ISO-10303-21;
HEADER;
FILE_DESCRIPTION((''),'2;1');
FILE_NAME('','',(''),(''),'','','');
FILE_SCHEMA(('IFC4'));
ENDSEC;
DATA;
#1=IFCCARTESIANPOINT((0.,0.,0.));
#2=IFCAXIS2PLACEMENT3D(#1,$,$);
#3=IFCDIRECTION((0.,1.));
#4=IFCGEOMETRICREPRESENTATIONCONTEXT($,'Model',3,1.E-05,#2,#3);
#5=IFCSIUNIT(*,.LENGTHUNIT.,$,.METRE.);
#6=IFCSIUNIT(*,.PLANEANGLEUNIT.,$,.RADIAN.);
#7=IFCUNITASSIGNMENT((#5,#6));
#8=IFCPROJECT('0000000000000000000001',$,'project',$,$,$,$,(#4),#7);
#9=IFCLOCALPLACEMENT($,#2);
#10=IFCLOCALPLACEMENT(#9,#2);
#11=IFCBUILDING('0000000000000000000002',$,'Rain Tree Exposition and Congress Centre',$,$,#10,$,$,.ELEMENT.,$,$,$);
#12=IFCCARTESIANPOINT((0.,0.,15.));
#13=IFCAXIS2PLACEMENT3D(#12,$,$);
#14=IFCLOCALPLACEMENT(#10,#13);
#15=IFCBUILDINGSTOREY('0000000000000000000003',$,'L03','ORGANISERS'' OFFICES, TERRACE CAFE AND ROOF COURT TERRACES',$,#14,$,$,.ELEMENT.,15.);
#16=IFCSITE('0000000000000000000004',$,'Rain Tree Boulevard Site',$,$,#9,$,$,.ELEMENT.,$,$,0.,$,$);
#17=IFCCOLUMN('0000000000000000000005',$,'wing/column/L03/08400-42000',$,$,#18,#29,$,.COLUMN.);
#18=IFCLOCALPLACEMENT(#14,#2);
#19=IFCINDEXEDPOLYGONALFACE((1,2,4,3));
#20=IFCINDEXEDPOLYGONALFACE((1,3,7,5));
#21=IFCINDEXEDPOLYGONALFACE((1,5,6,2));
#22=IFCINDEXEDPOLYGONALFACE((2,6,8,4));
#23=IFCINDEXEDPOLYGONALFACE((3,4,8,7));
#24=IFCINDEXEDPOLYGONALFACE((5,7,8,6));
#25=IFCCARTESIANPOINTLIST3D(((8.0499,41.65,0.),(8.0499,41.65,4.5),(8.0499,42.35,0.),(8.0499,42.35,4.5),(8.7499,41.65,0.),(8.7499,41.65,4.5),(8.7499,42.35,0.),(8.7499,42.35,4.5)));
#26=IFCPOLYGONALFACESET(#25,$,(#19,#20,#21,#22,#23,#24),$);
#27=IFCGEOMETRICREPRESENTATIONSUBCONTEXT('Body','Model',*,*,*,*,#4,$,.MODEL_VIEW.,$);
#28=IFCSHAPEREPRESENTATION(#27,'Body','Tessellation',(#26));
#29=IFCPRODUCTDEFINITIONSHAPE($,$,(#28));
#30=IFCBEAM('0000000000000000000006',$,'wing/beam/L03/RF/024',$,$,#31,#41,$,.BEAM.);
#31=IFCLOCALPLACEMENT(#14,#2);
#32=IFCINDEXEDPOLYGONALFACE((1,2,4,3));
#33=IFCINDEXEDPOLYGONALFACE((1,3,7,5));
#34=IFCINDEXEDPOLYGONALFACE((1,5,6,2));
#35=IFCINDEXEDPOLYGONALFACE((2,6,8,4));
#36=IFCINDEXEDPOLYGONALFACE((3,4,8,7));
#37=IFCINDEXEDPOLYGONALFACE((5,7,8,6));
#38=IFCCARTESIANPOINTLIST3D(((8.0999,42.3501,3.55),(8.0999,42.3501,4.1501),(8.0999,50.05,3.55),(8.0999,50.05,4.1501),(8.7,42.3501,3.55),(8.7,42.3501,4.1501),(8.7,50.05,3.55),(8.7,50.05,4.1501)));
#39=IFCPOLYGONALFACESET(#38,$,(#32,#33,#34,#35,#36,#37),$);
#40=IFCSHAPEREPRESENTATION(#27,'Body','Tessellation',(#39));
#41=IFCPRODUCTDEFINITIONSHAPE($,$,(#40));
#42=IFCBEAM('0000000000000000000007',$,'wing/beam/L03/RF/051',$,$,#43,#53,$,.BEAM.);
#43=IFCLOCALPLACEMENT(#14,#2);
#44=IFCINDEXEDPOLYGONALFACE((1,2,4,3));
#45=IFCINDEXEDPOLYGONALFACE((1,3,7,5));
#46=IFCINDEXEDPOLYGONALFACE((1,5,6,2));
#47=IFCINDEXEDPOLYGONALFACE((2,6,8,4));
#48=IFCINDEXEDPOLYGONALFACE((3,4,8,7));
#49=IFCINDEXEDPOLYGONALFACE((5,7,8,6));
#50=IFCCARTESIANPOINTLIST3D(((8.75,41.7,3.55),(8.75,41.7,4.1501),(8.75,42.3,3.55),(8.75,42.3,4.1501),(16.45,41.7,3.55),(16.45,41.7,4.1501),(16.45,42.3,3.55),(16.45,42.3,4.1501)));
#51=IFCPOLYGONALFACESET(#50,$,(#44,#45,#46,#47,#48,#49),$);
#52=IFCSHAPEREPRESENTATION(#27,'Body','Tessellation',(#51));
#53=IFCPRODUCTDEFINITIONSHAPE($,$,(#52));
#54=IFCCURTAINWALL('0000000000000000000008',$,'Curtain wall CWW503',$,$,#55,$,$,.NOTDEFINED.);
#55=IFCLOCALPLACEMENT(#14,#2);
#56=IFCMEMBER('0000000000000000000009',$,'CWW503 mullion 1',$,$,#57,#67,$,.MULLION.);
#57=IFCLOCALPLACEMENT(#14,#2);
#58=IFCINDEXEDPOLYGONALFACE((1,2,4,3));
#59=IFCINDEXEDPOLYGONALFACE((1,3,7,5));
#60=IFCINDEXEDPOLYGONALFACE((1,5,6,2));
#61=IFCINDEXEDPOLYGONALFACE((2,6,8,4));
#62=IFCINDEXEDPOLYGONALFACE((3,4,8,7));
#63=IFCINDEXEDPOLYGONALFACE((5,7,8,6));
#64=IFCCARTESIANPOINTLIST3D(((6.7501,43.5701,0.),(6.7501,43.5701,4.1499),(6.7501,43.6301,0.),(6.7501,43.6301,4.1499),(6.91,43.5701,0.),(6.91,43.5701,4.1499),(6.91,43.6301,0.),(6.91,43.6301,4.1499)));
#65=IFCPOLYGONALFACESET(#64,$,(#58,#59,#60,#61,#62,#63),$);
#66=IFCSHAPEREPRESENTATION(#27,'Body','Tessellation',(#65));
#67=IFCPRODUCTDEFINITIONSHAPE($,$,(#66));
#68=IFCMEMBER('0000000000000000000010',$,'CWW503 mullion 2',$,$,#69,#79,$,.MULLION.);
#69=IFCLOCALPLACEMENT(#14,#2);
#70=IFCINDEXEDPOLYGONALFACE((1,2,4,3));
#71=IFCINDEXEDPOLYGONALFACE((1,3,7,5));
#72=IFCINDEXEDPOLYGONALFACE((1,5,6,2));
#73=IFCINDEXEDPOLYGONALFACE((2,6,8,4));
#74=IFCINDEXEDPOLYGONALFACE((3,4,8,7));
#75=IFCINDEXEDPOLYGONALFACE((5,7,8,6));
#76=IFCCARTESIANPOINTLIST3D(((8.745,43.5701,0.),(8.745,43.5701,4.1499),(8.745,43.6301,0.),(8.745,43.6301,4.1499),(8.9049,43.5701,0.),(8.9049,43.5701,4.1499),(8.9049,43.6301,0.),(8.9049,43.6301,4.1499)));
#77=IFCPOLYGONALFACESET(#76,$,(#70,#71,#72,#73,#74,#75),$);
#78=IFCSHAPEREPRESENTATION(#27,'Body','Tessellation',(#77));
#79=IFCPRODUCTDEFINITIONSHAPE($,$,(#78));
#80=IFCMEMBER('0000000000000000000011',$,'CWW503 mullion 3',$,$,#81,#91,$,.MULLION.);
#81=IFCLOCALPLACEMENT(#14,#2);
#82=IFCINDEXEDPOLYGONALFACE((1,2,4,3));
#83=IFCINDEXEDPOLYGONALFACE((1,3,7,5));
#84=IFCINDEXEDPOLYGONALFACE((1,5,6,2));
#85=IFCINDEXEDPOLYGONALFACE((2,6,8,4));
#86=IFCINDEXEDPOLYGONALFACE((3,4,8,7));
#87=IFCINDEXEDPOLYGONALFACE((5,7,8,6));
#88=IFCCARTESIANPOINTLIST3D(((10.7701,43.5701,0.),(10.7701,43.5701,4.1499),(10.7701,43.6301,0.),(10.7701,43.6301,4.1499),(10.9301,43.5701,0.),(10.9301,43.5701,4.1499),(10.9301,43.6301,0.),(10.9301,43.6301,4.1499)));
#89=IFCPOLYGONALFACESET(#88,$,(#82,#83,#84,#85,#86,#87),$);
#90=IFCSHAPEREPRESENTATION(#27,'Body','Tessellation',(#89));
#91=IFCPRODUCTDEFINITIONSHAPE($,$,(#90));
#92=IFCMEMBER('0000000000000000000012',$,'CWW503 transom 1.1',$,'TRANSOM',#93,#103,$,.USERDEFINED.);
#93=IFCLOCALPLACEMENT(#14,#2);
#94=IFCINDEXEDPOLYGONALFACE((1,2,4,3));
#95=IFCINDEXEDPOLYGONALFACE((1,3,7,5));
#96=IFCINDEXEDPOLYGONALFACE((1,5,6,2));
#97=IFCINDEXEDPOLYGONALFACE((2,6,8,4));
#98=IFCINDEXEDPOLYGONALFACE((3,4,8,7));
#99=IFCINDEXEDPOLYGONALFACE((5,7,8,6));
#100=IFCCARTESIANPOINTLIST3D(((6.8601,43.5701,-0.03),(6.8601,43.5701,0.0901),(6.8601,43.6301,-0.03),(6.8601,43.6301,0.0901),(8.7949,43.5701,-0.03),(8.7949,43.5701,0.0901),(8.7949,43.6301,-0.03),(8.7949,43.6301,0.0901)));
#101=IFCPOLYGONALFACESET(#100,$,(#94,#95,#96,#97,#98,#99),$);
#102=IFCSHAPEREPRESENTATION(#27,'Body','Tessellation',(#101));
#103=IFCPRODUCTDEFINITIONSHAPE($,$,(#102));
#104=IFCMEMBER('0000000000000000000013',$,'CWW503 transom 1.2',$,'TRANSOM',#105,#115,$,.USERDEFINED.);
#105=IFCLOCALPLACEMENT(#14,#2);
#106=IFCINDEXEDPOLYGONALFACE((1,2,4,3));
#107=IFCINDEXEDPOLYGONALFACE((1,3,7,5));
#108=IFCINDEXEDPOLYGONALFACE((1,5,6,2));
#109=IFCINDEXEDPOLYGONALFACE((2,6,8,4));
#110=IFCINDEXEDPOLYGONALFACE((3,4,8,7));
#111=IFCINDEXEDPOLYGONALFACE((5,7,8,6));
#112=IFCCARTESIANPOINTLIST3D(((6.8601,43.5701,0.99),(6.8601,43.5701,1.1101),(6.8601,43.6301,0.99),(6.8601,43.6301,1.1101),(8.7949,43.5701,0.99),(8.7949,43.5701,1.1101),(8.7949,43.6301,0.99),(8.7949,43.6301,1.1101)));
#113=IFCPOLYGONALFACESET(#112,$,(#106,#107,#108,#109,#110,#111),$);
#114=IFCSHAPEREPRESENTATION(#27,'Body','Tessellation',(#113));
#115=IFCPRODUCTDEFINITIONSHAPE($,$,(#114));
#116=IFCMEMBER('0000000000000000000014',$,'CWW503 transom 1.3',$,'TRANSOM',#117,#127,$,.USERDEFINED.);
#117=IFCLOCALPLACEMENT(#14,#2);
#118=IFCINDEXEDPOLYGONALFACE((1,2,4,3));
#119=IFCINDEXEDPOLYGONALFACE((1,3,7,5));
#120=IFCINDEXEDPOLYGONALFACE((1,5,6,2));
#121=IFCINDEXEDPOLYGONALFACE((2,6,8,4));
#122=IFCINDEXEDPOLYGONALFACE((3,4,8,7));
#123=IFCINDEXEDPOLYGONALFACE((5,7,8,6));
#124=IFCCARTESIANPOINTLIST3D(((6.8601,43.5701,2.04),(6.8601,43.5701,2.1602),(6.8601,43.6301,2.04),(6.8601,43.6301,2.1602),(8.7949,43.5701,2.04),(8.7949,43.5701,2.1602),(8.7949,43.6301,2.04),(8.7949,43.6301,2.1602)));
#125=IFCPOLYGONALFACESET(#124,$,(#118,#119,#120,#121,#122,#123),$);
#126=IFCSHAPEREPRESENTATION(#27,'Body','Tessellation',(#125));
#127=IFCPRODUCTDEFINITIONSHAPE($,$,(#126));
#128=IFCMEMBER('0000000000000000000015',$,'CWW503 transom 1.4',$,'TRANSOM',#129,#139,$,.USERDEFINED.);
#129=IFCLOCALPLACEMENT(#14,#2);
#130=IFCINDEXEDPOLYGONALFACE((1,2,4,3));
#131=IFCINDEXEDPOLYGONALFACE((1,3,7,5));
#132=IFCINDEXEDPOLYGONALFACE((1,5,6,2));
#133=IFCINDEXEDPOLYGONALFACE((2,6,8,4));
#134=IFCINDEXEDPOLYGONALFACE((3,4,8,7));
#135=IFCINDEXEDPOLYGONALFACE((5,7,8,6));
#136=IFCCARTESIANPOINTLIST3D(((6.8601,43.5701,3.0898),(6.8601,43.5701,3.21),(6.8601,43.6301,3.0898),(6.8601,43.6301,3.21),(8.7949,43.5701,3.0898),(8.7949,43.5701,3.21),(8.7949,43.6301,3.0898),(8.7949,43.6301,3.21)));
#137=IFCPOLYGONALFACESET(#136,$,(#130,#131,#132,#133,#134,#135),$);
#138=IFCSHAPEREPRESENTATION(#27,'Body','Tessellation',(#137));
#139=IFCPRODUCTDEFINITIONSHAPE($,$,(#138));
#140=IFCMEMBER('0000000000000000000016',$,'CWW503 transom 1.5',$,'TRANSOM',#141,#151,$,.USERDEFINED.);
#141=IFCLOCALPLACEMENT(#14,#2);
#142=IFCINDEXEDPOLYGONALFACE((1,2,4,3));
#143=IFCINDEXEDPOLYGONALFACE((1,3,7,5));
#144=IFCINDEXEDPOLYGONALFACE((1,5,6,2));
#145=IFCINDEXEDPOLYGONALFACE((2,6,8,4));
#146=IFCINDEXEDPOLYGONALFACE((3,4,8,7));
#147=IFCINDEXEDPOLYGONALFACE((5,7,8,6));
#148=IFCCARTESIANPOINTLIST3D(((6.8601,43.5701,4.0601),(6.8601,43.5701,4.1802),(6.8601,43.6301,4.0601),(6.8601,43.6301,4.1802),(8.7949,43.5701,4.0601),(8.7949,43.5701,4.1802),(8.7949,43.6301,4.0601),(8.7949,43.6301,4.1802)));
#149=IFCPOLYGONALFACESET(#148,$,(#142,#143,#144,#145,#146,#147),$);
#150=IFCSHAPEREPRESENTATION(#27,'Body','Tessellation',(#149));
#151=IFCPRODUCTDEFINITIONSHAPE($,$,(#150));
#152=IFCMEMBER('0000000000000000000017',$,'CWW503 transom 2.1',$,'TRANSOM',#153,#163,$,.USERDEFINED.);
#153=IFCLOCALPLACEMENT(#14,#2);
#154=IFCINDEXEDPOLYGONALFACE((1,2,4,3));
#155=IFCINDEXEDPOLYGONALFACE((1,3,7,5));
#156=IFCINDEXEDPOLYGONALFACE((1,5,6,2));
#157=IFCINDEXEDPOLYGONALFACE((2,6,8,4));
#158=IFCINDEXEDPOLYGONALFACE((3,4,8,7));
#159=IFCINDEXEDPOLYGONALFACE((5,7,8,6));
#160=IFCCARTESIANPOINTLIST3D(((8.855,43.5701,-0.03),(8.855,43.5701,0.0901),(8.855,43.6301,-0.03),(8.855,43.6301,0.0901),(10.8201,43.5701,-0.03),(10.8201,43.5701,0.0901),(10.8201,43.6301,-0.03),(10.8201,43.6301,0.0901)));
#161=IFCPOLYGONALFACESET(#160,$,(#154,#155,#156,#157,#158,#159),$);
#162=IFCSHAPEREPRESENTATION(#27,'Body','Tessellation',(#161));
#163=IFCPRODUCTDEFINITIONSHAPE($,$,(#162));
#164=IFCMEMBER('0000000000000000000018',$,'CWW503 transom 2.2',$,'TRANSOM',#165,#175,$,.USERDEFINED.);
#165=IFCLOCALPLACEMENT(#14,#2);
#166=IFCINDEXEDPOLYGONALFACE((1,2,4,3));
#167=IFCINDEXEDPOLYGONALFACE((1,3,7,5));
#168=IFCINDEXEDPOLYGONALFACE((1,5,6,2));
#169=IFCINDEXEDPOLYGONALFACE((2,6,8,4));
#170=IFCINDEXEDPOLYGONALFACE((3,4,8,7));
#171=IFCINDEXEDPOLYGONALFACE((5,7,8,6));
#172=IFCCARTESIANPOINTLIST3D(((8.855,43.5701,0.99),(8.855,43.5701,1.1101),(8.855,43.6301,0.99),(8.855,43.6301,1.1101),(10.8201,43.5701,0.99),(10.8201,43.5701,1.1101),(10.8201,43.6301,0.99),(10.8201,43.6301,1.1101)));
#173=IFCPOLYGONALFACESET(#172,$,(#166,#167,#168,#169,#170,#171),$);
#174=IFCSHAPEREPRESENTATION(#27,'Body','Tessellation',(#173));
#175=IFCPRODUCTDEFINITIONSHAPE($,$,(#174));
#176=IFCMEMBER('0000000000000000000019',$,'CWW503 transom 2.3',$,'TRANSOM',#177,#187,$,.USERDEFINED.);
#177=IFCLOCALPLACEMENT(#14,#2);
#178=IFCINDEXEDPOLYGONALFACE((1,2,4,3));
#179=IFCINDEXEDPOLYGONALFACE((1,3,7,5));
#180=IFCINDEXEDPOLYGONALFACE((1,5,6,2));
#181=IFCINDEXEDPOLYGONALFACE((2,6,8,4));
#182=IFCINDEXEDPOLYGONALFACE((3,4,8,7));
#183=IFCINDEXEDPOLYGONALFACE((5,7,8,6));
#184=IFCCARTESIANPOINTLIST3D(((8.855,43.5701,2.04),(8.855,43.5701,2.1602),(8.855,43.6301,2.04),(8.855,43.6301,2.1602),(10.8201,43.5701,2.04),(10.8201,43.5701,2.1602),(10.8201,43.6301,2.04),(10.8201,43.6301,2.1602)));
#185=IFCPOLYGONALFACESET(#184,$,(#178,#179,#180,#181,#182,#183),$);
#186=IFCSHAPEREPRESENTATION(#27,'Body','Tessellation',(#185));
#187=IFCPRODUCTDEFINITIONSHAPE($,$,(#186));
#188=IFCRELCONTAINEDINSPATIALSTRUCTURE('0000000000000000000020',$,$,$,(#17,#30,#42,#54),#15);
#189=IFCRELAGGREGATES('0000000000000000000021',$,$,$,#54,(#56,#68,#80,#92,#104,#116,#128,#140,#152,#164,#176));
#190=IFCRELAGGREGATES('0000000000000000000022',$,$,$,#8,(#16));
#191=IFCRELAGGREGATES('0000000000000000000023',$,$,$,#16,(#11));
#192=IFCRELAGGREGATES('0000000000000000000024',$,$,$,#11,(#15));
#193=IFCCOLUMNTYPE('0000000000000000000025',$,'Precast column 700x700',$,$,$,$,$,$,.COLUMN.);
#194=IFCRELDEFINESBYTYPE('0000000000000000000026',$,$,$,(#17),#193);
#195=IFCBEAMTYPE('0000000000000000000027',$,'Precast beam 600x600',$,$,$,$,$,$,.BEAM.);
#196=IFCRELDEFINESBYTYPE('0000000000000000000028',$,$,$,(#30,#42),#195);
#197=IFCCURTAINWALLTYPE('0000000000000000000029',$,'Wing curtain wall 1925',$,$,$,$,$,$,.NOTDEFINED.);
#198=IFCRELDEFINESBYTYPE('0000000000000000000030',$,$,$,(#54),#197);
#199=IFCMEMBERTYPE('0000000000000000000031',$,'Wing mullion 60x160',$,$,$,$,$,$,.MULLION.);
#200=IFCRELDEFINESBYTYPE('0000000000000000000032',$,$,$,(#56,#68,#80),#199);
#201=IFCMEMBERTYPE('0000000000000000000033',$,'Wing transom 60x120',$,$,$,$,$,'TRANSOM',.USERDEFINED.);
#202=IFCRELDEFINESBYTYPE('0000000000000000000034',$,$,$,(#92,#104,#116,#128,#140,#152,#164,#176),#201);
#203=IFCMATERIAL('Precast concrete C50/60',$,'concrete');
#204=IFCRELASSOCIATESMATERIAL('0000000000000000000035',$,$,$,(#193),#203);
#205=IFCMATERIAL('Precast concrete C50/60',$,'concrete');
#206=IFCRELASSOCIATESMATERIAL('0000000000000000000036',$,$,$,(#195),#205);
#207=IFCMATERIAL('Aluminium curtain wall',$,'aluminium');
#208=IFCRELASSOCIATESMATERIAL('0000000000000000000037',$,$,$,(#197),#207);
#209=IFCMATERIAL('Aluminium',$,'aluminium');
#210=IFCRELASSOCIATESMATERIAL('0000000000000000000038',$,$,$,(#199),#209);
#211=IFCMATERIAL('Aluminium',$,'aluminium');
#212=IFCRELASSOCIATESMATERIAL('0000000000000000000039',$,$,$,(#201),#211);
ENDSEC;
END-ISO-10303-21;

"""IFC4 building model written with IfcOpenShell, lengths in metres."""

from ifc_helpers import new_model, si_unit, direction, frame, origin, origin_2d, place, context, subcontext, project, spatial, rectangle, extrude, material, material_profile, profile_set, type_object, element, aggregate, save


model = new_model("IFC4")

# Units and contexts
model_context = context("Model", 3, precision=1e-05, world=origin(), true_north=direction((0.0, 1.0)))
body_context = subcontext(model_context, "Body", "Model", "MODEL_VIEW")
ifc_project = project(units=[si_unit("LENGTHUNIT", "METRE"), si_unit("PLANEANGLEUNIT", "RADIAN")], contexts=[model_context])

# Site, building, storey
site_placement = place(None, origin())
site = spatial("IfcSite", under=ifc_project, at=site_placement, Name="Rain Tree Boulevard Site", CompositionType="ELEMENT", RefElevation=0.0)
building_placement = place(site_placement, origin())
building = spatial("IfcBuilding", under=site, at=building_placement, Name="Rain Tree Exposition and Congress Centre", CompositionType="ELEMENT")
storey_placement = place(building_placement, frame((0.0, 0.0, 15.0)))
storey = spatial("IfcBuildingStorey", under=building, at=storey_placement, Name="L03", Description="ORGANISERS' OFFICES, TERRACE CAFE AND ROOF COURT TERRACES", CompositionType="ELEMENT", Elevation=15.0)

# Column
ifc_material_1 = material(Name="Precast concrete C50/60", Category="concrete")
ifc_material_profile_1 = material_profile(ifc_material_1, rectangle(XDim=0.7, YDim=0.7, at=origin_2d()), Name="RC 700x700")
ifc_profile_set_1 = profile_set([ifc_material_profile_1], Name="Precast concrete C50/60")
column_type = type_object("IfcColumnType", Name="Precast column 700x700", PredefinedType="COLUMN", material=ifc_profile_set_1)
column_placement = place(storey_placement, frame((8.3999, 42.0, 0.0), z_axis=(0.0, 0.0, 1.0), x_axis=(1.0, 0.0, 0.0)))
element("IfcColumn", 1, at=column_placement, inside=storey, type_object=column_type, Name="wing/column/L03/08400-42000", PredefinedType="COLUMN", context=body_context, shape_type="SweptSolid", body=[
    extrude(rectangle(XDim=0.7, YDim=0.7, at=origin_2d()), origin(), (0.0, 0.0, 1.0), 4.5),
])

# Beams
ifc_material_2 = material(Name="Precast concrete C50/60", Category="concrete")
ifc_material_profile_2 = material_profile(ifc_material_2, rectangle(XDim=0.6001, YDim=0.6001, at=origin_2d()), Name="RC 600x600")
ifc_profile_set_2 = profile_set([ifc_material_profile_2], Name="Precast concrete C50/60")
beam_type = type_object("IfcBeamType", Name="Precast beam 600x600", PredefinedType="BEAM", material=ifc_profile_set_2)
for number, where, z_axis, x_axis, name in (
    (2, (8.3999, 42.3501, 3.8501), (0.0, 1.0, 0.0), (-1.0, 0.0, 0.0), "wing/beam/L03/RF/024"),
    (3, (8.75, 42.0, 3.8501), (1.0, 0.0, 0.0), (0.0, 1.0, 0.0), "wing/beam/L03/RF/051"),
):
    element("IfcBeam", number, at=place(storey_placement, frame(where, z_axis=z_axis, x_axis=x_axis)), inside=storey, type_object=beam_type, Name=name, PredefinedType="BEAM", context=body_context, shape_type="SweptSolid", body=[
        extrude(rectangle(XDim=0.6001, YDim=0.6001, at=origin_2d()), origin(), (0.0, 0.0, 1.0), 7.7),
    ])

# Curtain wall, members
ifc_material_3 = material(Name="Aluminium curtain wall", Category="aluminium")
curtain_wall_type = type_object("IfcCurtainWallType", Name="Wing curtain wall 1925", PredefinedType="NOTDEFINED", material=ifc_material_3)
curtain_wall_placement = place(storey_placement, origin())
curtain_wall = element("IfcCurtainWall", 4, at=curtain_wall_placement, inside=storey, type_object=curtain_wall_type, Name="Curtain wall CWW503", PredefinedType="NOTDEFINED")
ifc_material_4 = material(Name="Aluminium", Category="aluminium")
ifc_material_profile_3 = material_profile(ifc_material_4, rectangle(XDim=0.0601, YDim=0.1599, at=origin_2d()), Name="Aluminium 60x160")
ifc_profile_set_3 = profile_set([ifc_material_profile_3], Name="Aluminium")
member_type_1 = type_object("IfcMemberType", Name="Wing mullion 60x160", PredefinedType="MULLION", material=ifc_profile_set_3)
member_1_placement = place(storey_placement, frame((6.8301, 43.6001, 0.0), z_axis=(0.0, 0.0, 1.0), x_axis=(0.0, 1.0, 0.0)))
member_1 = element("IfcMember", 5, at=member_1_placement, type_object=member_type_1, Name="CWW503 mullion 1", PredefinedType="MULLION", context=body_context, shape_type="SweptSolid", body=[
    extrude(rectangle(XDim=0.0601, YDim=0.1599, at=origin_2d()), origin(), (0.0, 0.0, 1.0), 4.1499),
])
member_2_placement = place(storey_placement, frame((8.825, 43.6001, 0.0), z_axis=(0.0, 0.0, 1.0), x_axis=(0.0, 1.0, 0.0)))
member_2 = element("IfcMember", 6, at=member_2_placement, type_object=member_type_1, Name="CWW503 mullion 2", PredefinedType="MULLION", context=body_context, shape_type="SweptSolid", body=[
    extrude(rectangle(XDim=0.0601, YDim=0.1599, at=origin_2d()), origin(), (0.0, 0.0, 1.0), 4.1499),
])
member_3_placement = place(storey_placement, frame((10.8501, 43.6001, 0.0), z_axis=(0.0, 0.0, 1.0), x_axis=(0.0, 1.0, 0.0)))
member_3 = element("IfcMember", 7, at=member_3_placement, type_object=member_type_1, Name="CWW503 mullion 3", PredefinedType="MULLION", context=body_context, shape_type="SweptSolid", body=[
    extrude(rectangle(XDim=0.0601, YDim=0.1599, at=origin_2d()), origin(), (0.0, 0.0, 1.0), 4.1499),
])
ifc_material_5 = material(Name="Aluminium", Category="aluminium")
ifc_material_profile_4 = material_profile(ifc_material_5, rectangle(XDim=0.0601, YDim=0.1201, at=origin_2d()), Name="Aluminium 60x120")
ifc_profile_set_4 = profile_set([ifc_material_profile_4], Name="Aluminium")
member_type_2 = type_object("IfcMemberType", Name="Wing transom 60x120", ElementType="TRANSOM", PredefinedType="USERDEFINED", material=ifc_profile_set_4)
member_4_placement = place(storey_placement, frame((6.8601, 43.6001, 0.03), z_axis=(1.0, 0.0, 0.0), x_axis=(0.0, 1.0, 0.0)))
member_4 = element("IfcMember", 8, at=member_4_placement, type_object=member_type_2, Name="CWW503 transom 1.1", ObjectType="TRANSOM", PredefinedType="USERDEFINED", context=body_context, shape_type="SweptSolid", body=[
    extrude(rectangle(XDim=0.0601, YDim=0.1201, at=origin_2d()), origin(), (0.0, 0.0, 1.0), 1.9348),
])
member_5_placement = place(storey_placement, frame((6.8601, 43.6001, 1.05), z_axis=(1.0, 0.0, 0.0), x_axis=(0.0, 1.0, 0.0)))
member_5 = element("IfcMember", 9, at=member_5_placement, type_object=member_type_2, Name="CWW503 transom 1.2", ObjectType="TRANSOM", PredefinedType="USERDEFINED", context=body_context, shape_type="SweptSolid", body=[
    extrude(rectangle(XDim=0.0601, YDim=0.1201, at=origin_2d()), origin(), (0.0, 0.0, 1.0), 1.9348),
])
member_6_placement = place(storey_placement, frame((6.8601, 43.6001, 2.1001), z_axis=(1.0, 0.0, 0.0), x_axis=(0.0, 1.0, 0.0)))
member_6 = element("IfcMember", 10, at=member_6_placement, type_object=member_type_2, Name="CWW503 transom 1.3", ObjectType="TRANSOM", PredefinedType="USERDEFINED", context=body_context, shape_type="SweptSolid", body=[
    extrude(rectangle(XDim=0.0601, YDim=0.1201, at=origin_2d()), origin(), (0.0, 0.0, 1.0), 1.9348),
])
member_7_placement = place(storey_placement, frame((6.8601, 43.6001, 3.1499), z_axis=(1.0, 0.0, 0.0), x_axis=(0.0, 1.0, 0.0)))
member_7 = element("IfcMember", 11, at=member_7_placement, type_object=member_type_2, Name="CWW503 transom 1.4", ObjectType="TRANSOM", PredefinedType="USERDEFINED", context=body_context, shape_type="SweptSolid", body=[
    extrude(rectangle(XDim=0.0601, YDim=0.1201, at=origin_2d()), origin(), (0.0, 0.0, 1.0), 1.9348),
])
member_8_placement = place(storey_placement, frame((6.8601, 43.6001, 4.1201), z_axis=(1.0, 0.0, 0.0), x_axis=(0.0, 1.0, 0.0)))
member_8 = element("IfcMember", 12, at=member_8_placement, type_object=member_type_2, Name="CWW503 transom 1.5", ObjectType="TRANSOM", PredefinedType="USERDEFINED", context=body_context, shape_type="SweptSolid", body=[
    extrude(rectangle(XDim=0.0601, YDim=0.1201, at=origin_2d()), origin(), (0.0, 0.0, 1.0), 1.9348),
])
member_9_placement = place(storey_placement, frame((8.855, 43.6001, 0.03), z_axis=(1.0, 0.0, 0.0), x_axis=(0.0, 1.0, 0.0)))
member_9 = element("IfcMember", 13, at=member_9_placement, type_object=member_type_2, Name="CWW503 transom 2.1", ObjectType="TRANSOM", PredefinedType="USERDEFINED", context=body_context, shape_type="SweptSolid", body=[
    extrude(rectangle(XDim=0.0601, YDim=0.1201, at=origin_2d()), origin(), (0.0, 0.0, 1.0), 1.9651),
])
member_10_placement = place(storey_placement, frame((8.855, 43.6001, 1.05), z_axis=(1.0, 0.0, 0.0), x_axis=(0.0, 1.0, 0.0)))
member_10 = element("IfcMember", 14, at=member_10_placement, type_object=member_type_2, Name="CWW503 transom 2.2", ObjectType="TRANSOM", PredefinedType="USERDEFINED", context=body_context, shape_type="SweptSolid", body=[
    extrude(rectangle(XDim=0.0601, YDim=0.1201, at=origin_2d()), origin(), (0.0, 0.0, 1.0), 1.9651),
])
member_11_placement = place(storey_placement, frame((8.855, 43.6001, 2.1001), z_axis=(1.0, 0.0, 0.0), x_axis=(0.0, 1.0, 0.0)))
member_11 = element("IfcMember", 15, at=member_11_placement, type_object=member_type_2, Name="CWW503 transom 2.3", ObjectType="TRANSOM", PredefinedType="USERDEFINED", context=body_context, shape_type="SweptSolid", body=[
    extrude(rectangle(XDim=0.0601, YDim=0.1201, at=origin_2d()), origin(), (0.0, 0.0, 1.0), 1.9651),
])
aggregate(curtain_wall, [member_1, member_2, member_3, member_4, member_5, member_6, member_7, member_8, member_9, member_10, member_11])

save(model, "model.ifc")
